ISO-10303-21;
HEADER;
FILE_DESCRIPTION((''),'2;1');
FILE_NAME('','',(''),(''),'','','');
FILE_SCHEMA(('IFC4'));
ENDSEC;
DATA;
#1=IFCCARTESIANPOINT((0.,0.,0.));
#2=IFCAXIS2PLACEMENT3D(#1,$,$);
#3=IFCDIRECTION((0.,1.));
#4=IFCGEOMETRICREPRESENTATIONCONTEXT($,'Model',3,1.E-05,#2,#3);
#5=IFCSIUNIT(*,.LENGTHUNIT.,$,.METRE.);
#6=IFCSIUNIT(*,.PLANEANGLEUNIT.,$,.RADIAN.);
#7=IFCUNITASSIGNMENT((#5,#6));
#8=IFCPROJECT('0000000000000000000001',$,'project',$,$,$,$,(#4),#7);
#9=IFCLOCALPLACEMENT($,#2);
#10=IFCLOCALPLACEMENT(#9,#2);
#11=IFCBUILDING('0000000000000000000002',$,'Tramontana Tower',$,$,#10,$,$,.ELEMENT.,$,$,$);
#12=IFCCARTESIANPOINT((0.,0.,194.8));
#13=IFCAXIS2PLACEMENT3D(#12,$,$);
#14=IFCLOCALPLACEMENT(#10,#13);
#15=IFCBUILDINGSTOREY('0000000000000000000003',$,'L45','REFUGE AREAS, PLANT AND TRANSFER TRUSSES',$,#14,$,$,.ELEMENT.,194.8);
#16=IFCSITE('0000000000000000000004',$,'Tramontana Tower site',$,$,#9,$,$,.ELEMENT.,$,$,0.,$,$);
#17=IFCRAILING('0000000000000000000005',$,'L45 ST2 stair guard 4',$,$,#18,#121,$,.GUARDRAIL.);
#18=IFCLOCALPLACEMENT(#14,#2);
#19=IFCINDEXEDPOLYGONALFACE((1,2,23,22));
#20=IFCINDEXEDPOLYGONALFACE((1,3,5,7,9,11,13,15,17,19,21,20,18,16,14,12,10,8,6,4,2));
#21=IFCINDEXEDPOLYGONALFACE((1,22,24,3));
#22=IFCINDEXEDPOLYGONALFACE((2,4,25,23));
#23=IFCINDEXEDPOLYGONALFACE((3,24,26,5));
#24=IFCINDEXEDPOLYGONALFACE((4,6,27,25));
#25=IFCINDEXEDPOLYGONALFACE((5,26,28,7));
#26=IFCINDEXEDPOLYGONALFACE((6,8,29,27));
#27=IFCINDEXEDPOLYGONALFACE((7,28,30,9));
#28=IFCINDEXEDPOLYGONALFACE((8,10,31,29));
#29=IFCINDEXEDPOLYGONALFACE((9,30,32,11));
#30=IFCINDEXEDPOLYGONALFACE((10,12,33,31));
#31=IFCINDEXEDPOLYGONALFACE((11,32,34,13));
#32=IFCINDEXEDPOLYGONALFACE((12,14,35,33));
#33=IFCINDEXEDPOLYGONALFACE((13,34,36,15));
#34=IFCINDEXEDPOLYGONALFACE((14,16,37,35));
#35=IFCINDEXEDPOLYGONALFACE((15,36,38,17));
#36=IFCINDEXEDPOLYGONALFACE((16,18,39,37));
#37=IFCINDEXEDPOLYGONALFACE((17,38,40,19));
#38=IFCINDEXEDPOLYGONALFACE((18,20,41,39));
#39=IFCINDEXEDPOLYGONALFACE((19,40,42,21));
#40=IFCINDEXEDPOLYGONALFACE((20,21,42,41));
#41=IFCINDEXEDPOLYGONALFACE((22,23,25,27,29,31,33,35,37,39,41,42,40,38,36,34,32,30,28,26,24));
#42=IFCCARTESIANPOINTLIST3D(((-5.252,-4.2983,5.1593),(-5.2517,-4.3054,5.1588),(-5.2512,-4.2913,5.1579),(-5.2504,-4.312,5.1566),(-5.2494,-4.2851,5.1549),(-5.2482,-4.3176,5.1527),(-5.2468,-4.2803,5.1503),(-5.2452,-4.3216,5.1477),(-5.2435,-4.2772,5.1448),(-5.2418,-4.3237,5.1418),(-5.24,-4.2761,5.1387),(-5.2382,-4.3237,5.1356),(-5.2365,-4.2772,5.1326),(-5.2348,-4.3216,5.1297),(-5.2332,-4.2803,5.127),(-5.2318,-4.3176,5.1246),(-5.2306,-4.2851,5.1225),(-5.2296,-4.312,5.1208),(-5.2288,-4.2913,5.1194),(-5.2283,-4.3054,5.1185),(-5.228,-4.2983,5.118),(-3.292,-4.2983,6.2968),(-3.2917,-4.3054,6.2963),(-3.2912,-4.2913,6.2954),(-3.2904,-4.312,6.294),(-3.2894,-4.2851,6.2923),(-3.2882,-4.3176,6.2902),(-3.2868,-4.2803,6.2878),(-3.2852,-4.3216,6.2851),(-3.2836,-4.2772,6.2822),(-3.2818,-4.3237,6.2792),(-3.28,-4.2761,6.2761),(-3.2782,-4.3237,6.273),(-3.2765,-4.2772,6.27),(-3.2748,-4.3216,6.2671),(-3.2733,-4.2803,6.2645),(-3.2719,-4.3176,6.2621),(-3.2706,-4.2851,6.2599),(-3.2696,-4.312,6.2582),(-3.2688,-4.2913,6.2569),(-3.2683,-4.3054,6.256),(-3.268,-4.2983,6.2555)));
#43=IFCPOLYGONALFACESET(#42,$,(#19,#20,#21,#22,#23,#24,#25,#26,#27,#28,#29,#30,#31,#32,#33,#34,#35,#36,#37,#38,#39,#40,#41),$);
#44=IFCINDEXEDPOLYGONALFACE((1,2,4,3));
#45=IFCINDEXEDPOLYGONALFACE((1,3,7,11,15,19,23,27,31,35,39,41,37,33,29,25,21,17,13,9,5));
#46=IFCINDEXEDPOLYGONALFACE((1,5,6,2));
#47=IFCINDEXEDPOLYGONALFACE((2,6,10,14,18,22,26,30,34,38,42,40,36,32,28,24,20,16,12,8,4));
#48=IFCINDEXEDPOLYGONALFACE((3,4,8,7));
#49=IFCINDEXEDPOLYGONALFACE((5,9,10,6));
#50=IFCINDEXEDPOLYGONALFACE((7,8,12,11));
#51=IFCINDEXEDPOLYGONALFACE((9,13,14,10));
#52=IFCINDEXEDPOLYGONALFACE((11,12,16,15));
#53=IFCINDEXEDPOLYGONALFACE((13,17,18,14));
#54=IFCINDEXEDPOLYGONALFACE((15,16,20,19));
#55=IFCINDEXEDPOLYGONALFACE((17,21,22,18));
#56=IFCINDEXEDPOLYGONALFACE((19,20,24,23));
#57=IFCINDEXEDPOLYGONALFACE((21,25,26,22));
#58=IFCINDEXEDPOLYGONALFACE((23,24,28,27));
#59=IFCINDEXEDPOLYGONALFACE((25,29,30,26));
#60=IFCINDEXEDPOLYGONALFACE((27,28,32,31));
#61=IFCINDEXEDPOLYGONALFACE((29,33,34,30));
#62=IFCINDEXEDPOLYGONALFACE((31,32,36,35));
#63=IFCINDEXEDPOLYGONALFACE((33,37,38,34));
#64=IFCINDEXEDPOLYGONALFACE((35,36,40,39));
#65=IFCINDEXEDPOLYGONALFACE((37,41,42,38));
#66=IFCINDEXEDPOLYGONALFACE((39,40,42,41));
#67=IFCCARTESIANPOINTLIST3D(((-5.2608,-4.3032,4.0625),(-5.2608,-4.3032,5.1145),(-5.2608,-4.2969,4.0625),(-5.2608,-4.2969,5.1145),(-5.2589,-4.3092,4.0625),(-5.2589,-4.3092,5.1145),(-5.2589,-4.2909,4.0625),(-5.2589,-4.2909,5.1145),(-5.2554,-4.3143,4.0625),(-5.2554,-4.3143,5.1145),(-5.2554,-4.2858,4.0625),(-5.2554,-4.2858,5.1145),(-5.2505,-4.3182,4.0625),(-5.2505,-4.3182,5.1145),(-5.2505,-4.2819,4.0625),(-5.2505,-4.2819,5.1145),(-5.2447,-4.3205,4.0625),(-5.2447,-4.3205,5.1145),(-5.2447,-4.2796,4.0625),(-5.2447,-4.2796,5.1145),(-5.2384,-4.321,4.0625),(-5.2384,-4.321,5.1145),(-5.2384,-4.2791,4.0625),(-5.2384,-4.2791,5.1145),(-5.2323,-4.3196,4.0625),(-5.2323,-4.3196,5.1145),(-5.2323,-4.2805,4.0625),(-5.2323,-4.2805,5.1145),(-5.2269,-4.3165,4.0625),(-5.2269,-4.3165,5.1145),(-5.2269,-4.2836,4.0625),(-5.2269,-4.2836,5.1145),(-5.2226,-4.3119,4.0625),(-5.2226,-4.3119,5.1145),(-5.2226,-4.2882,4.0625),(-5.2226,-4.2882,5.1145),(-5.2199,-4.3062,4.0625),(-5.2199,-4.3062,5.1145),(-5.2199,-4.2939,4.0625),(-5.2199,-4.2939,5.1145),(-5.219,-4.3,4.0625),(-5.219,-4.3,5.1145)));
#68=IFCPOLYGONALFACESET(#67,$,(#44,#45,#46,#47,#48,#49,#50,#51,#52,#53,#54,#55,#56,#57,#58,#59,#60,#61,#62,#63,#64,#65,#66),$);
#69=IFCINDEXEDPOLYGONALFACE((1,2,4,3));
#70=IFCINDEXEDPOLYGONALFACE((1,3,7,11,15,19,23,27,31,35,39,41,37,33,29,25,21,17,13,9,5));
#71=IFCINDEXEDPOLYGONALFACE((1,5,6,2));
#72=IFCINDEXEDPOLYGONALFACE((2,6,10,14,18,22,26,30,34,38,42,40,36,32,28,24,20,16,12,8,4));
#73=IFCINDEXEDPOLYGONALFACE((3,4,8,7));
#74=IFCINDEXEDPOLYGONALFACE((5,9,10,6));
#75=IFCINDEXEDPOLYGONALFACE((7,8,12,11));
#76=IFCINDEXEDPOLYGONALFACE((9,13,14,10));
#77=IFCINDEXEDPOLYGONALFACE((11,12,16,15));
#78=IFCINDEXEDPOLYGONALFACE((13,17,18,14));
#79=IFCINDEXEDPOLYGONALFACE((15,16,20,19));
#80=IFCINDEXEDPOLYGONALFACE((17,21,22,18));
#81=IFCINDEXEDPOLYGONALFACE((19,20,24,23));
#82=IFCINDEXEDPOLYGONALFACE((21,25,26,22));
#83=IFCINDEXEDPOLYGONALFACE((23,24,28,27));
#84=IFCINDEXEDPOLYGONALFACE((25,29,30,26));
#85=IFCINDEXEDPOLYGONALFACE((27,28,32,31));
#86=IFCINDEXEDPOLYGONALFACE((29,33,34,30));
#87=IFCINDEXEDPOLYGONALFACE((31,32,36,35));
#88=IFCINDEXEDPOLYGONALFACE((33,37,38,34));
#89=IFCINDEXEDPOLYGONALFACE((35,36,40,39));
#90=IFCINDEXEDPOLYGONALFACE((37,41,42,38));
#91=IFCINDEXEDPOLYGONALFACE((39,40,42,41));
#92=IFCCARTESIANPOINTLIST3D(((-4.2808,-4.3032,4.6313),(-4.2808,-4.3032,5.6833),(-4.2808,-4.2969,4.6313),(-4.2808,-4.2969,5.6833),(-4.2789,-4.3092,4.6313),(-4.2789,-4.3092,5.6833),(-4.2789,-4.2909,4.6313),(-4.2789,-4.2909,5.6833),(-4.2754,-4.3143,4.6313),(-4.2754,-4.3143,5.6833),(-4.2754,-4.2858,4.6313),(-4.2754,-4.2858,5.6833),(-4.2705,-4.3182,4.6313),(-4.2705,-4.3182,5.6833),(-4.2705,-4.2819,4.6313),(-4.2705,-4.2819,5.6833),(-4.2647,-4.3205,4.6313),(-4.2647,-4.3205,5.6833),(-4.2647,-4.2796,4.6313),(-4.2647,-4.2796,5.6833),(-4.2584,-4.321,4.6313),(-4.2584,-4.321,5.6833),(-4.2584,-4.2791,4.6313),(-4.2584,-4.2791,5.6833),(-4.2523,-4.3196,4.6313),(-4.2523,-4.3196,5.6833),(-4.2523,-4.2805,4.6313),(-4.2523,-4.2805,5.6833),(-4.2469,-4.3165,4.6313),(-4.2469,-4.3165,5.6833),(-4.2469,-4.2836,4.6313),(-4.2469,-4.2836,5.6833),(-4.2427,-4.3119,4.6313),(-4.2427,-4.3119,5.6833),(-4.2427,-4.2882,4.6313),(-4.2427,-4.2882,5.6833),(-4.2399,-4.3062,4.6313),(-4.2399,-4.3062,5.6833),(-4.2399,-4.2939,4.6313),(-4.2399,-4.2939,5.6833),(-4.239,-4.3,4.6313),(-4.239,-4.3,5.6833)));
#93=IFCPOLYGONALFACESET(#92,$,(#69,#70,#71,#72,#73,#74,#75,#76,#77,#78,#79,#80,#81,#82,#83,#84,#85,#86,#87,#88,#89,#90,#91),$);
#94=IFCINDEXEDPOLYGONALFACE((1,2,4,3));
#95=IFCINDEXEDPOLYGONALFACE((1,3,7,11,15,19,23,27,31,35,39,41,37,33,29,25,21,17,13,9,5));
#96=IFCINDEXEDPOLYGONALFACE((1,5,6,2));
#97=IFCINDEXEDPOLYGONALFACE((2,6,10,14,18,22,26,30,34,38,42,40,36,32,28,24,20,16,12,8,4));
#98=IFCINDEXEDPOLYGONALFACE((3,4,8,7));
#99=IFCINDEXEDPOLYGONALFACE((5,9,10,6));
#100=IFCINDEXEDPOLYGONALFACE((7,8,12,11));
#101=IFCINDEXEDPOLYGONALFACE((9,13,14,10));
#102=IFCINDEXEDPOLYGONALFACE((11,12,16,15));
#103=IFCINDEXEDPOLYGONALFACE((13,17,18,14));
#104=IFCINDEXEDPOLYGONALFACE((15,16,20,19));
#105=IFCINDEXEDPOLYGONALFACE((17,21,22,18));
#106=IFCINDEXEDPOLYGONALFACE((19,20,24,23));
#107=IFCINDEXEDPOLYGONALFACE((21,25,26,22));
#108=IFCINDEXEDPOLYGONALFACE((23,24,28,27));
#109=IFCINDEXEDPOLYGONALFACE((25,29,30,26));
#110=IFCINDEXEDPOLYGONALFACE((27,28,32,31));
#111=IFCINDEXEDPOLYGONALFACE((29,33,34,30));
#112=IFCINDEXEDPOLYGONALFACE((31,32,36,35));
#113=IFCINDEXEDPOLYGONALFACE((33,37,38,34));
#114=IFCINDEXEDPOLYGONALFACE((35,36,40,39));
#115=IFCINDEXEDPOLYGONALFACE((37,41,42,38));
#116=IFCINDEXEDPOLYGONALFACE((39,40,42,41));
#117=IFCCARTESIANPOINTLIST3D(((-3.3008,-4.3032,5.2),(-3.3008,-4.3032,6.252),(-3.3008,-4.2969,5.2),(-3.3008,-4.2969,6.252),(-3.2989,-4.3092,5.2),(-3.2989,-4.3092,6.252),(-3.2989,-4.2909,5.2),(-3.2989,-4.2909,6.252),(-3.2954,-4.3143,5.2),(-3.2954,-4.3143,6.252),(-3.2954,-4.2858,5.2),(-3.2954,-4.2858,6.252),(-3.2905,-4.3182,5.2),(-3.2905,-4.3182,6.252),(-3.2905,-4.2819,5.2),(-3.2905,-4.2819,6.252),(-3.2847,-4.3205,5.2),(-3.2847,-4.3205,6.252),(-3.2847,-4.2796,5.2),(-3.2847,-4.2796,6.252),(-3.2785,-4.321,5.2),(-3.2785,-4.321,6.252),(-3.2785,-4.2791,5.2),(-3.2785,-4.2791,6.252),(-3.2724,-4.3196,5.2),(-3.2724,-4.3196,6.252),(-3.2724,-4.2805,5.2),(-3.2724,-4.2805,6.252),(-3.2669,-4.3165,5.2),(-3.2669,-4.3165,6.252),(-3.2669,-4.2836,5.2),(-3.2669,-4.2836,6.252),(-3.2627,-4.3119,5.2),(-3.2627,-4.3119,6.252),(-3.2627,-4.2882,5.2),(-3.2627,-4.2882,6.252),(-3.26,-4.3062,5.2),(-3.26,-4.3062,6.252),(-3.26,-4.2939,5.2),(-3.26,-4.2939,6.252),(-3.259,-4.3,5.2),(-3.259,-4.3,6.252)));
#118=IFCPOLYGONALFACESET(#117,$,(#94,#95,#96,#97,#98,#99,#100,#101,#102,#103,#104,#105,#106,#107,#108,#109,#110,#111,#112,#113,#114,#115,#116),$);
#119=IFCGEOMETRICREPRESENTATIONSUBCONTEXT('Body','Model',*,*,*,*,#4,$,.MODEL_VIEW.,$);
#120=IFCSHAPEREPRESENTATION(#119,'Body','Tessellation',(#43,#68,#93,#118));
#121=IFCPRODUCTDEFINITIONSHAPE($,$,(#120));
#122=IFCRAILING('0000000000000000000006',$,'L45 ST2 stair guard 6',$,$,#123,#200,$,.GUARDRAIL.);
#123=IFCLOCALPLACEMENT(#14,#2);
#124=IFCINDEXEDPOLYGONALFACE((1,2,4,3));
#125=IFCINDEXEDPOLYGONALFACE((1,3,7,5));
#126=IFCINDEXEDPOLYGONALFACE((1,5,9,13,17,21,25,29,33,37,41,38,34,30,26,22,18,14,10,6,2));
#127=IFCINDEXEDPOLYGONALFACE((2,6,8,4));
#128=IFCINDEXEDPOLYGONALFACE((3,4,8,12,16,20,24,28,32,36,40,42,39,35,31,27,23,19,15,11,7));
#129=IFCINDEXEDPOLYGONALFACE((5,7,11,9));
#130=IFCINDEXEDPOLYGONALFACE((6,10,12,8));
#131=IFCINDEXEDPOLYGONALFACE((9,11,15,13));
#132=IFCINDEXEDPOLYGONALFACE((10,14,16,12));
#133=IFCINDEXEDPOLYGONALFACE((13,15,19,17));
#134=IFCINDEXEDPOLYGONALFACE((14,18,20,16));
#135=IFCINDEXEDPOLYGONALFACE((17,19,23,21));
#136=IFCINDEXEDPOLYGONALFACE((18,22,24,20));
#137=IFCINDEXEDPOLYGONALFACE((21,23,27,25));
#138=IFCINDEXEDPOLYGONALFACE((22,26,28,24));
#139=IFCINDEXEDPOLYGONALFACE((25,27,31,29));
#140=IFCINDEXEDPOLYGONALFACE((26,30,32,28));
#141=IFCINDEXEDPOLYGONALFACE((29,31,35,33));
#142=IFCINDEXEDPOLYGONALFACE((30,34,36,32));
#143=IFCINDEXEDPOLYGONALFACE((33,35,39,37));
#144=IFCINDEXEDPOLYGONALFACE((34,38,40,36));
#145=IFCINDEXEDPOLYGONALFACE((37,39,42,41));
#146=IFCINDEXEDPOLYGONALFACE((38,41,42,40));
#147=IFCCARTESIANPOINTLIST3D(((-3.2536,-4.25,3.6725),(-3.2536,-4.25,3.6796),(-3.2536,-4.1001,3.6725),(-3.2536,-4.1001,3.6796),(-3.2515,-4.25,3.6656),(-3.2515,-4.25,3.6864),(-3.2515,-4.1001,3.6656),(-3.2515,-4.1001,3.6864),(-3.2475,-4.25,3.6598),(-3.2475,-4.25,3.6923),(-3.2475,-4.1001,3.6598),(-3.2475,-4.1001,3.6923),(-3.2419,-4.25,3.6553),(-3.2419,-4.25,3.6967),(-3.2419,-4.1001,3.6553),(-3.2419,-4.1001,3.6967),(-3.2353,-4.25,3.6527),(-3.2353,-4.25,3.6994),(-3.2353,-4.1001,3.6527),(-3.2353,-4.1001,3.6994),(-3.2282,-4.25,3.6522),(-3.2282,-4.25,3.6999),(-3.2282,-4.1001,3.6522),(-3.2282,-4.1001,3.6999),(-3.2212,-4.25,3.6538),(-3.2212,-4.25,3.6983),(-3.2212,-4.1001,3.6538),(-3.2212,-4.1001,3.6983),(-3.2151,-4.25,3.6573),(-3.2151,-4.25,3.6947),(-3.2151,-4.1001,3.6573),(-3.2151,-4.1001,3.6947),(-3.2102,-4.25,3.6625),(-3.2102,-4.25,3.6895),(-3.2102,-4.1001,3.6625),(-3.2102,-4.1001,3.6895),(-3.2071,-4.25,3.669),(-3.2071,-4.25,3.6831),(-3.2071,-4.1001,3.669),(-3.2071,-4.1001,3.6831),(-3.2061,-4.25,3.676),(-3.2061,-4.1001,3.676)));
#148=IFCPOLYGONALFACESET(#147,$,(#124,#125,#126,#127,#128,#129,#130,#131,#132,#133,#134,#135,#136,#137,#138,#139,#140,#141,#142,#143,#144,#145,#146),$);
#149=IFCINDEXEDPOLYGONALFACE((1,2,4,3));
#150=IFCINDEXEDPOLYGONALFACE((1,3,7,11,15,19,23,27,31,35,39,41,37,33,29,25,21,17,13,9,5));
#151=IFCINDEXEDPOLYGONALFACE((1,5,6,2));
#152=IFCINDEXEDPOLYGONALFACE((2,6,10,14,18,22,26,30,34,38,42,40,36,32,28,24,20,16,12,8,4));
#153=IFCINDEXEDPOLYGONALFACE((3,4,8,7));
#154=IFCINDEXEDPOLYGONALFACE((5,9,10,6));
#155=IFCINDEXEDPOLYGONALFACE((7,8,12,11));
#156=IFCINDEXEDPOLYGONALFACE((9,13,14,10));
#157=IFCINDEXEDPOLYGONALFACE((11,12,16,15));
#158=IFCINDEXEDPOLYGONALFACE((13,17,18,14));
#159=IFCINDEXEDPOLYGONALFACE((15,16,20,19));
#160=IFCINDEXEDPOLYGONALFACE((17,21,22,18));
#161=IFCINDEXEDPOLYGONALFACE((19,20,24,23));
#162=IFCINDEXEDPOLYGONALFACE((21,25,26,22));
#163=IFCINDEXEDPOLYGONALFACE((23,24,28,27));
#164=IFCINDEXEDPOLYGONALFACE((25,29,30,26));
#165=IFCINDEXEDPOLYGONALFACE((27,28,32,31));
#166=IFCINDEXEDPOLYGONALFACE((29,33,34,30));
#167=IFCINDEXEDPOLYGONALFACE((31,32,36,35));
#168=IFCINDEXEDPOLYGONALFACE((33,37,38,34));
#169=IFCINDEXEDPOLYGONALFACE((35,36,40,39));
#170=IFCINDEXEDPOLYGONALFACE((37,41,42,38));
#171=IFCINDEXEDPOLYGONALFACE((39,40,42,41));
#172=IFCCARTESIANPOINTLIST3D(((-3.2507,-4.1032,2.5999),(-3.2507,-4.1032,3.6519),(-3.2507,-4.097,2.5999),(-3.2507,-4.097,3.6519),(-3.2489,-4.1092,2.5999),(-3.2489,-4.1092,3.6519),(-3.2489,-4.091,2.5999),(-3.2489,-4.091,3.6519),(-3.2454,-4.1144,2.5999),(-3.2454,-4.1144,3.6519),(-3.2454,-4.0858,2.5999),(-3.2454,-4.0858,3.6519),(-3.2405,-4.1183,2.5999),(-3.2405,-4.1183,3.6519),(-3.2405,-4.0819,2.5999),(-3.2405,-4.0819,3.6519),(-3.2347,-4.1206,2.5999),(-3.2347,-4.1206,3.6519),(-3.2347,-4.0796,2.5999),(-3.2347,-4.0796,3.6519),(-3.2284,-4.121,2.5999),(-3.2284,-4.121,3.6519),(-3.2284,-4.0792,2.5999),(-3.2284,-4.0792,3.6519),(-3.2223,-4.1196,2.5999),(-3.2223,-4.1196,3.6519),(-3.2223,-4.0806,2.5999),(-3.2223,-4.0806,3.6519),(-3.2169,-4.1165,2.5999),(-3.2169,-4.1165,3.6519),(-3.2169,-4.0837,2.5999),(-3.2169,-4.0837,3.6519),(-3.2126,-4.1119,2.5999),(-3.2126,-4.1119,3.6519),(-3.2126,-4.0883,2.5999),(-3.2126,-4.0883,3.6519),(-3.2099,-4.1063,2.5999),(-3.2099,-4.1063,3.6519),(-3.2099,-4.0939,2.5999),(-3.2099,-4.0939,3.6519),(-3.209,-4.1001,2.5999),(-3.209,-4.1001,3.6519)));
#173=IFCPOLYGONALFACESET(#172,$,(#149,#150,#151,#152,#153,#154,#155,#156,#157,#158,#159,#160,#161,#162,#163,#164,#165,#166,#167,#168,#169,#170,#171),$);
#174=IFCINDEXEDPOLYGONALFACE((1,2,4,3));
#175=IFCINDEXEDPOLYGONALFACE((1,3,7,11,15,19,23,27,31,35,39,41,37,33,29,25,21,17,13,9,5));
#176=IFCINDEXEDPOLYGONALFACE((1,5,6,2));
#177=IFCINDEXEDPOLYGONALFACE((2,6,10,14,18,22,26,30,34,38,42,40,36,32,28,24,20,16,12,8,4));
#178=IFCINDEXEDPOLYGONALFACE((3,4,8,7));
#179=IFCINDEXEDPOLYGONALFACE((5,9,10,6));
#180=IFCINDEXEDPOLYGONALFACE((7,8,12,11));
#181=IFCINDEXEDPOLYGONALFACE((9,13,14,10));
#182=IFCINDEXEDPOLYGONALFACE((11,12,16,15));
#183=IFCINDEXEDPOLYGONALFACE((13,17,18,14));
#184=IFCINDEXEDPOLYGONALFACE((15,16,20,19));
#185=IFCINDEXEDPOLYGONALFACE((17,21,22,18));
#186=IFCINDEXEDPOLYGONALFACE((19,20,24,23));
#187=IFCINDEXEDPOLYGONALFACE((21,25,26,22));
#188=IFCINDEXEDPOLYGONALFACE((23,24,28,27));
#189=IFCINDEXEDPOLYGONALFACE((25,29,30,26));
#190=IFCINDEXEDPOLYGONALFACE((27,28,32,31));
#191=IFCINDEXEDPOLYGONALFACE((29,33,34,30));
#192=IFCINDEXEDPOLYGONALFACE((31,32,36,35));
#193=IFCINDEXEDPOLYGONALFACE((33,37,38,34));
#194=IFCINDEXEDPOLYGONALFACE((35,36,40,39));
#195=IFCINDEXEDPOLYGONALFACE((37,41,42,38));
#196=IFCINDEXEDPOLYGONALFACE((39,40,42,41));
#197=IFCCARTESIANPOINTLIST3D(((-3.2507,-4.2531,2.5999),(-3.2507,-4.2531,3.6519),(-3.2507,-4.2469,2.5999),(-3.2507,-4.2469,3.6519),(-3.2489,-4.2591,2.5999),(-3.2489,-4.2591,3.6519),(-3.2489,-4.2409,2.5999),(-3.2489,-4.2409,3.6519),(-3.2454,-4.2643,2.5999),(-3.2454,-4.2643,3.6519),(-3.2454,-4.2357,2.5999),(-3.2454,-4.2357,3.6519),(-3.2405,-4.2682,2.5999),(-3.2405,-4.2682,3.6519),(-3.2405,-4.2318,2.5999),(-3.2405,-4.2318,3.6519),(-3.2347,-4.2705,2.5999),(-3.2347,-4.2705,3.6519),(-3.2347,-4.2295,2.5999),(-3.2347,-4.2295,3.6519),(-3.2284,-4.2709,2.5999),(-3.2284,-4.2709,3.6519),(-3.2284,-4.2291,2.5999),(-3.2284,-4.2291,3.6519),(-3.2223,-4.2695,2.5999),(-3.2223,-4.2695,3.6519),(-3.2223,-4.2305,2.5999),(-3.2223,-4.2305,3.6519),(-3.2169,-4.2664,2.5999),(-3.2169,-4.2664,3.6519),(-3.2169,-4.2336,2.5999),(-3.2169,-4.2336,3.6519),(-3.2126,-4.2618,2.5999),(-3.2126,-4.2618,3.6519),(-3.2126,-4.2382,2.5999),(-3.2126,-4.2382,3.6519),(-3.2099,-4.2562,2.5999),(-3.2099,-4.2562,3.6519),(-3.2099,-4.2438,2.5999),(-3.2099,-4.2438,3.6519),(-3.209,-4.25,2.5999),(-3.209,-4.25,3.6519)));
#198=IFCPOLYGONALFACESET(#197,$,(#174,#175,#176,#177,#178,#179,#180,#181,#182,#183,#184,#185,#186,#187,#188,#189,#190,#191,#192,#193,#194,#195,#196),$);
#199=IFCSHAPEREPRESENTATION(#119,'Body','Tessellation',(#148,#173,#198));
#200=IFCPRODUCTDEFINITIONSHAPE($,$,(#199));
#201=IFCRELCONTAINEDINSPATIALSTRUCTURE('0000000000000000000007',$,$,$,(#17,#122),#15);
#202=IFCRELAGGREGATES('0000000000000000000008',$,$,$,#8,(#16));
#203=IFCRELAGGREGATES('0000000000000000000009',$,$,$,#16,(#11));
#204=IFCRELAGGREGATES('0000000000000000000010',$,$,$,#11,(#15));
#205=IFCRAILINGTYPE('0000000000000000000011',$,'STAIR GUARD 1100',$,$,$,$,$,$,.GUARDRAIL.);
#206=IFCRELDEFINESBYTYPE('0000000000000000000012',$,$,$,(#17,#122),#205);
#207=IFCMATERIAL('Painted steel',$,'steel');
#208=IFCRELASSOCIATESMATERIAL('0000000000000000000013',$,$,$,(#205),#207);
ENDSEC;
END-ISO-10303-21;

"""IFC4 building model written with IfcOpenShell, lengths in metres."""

from ifc_helpers import new_model, si_unit, direction, frame, origin, origin_2d, place, context, subcontext, project, spatial, circle, extrude, material, type_object, element, save


model = new_model("IFC4")

# Units and contexts
model_context = context("Model", 3, precision=1e-05, world=origin(), true_north=direction((0.0, 1.0)))
body_context = subcontext(model_context, "Body", "Model", "MODEL_VIEW")
ifc_project = project(units=[si_unit("LENGTHUNIT", "METRE"), si_unit("PLANEANGLEUNIT", "RADIAN")], contexts=[model_context])

# Site, building, storey
site_placement = place(None, origin())
site = spatial("IfcSite", under=ifc_project, at=site_placement, Name="Tramontana Tower site", CompositionType="ELEMENT", RefElevation=0.0)
building_placement = place(site_placement, origin())
building = spatial("IfcBuilding", under=site, at=building_placement, Name="Tramontana Tower", CompositionType="ELEMENT")
storey_placement = place(building_placement, frame((0.0, 0.0, 194.8)))
storey = spatial("IfcBuildingStorey", under=building, at=storey_placement, Name="L45", Description="REFUGE AREAS, PLANT AND TRANSFER TRUSSES", CompositionType="ELEMENT", Elevation=194.8)

# Railings
ifc_material_1 = material(Name="Painted steel", Category="steel")
railing_type_1 = type_object("IfcRailingType", Name="STAIR GUARD 1100", PredefinedType="GUARDRAIL", material=ifc_material_1)
railing_1_placement = place(storey_placement, frame((-5.24, -4.3, 4.0625)))
element("IfcRailing", 1, at=railing_1_placement, inside=storey, type_object=railing_type_1, Name="L45 ST2 stair guard 4", PredefinedType="GUARDRAIL", context=body_context, shape_type="SweptSolid", body=[
    extrude(circle(Radius=0.0239, at=origin_2d()), frame((0.0, 0.0, 1.0762), z_axis=(0.864902, 0.0, 0.501941), x_axis=(0.0, 1.0, 0.0)), (0.0, 0.0, 1.0), 2.2661),
    extrude(circle(Radius=0.021, at=origin_2d()), origin(), (0.0, 0.0, 1.0), 1.052),
    extrude(circle(Radius=0.021, at=origin_2d()), frame((0.98, 0.0, 0.5688)), (0.0, 0.0, 1.0), 1.052),
    extrude(circle(Radius=0.021, at=origin_2d()), frame((1.96, 0.0, 1.1375)), (0.0, 0.0, 1.0), 1.052),
])
for number, where, name in (
    (2, (-3.23, -4.1001, 2.5999), "L45 ST2 stair guard 6"),
):
    element("IfcRailing", number, at=place(storey_placement, frame(where)), inside=storey, type_object=railing_type_1, Name=name, PredefinedType="GUARDRAIL", context=body_context, shape_type="SweptSolid", body=[
        extrude(circle(Radius=0.0239, at=origin_2d()), frame((0.0, 0.0, 1.0762), z_axis=(0.0, -1.0, 0.0), x_axis=(1.0, 0.0, 0.0)), (0.0, 0.0, 1.0), 0.1499),
        extrude(circle(Radius=0.021, at=origin_2d()), origin(), (0.0, 0.0, 1.0), 1.052),
        extrude(circle(Radius=0.021, at=origin_2d()), frame((0.0, -0.1499, 0.0)), (0.0, 0.0, 1.0), 1.052),
    ])

save(model, "model.ifc")
